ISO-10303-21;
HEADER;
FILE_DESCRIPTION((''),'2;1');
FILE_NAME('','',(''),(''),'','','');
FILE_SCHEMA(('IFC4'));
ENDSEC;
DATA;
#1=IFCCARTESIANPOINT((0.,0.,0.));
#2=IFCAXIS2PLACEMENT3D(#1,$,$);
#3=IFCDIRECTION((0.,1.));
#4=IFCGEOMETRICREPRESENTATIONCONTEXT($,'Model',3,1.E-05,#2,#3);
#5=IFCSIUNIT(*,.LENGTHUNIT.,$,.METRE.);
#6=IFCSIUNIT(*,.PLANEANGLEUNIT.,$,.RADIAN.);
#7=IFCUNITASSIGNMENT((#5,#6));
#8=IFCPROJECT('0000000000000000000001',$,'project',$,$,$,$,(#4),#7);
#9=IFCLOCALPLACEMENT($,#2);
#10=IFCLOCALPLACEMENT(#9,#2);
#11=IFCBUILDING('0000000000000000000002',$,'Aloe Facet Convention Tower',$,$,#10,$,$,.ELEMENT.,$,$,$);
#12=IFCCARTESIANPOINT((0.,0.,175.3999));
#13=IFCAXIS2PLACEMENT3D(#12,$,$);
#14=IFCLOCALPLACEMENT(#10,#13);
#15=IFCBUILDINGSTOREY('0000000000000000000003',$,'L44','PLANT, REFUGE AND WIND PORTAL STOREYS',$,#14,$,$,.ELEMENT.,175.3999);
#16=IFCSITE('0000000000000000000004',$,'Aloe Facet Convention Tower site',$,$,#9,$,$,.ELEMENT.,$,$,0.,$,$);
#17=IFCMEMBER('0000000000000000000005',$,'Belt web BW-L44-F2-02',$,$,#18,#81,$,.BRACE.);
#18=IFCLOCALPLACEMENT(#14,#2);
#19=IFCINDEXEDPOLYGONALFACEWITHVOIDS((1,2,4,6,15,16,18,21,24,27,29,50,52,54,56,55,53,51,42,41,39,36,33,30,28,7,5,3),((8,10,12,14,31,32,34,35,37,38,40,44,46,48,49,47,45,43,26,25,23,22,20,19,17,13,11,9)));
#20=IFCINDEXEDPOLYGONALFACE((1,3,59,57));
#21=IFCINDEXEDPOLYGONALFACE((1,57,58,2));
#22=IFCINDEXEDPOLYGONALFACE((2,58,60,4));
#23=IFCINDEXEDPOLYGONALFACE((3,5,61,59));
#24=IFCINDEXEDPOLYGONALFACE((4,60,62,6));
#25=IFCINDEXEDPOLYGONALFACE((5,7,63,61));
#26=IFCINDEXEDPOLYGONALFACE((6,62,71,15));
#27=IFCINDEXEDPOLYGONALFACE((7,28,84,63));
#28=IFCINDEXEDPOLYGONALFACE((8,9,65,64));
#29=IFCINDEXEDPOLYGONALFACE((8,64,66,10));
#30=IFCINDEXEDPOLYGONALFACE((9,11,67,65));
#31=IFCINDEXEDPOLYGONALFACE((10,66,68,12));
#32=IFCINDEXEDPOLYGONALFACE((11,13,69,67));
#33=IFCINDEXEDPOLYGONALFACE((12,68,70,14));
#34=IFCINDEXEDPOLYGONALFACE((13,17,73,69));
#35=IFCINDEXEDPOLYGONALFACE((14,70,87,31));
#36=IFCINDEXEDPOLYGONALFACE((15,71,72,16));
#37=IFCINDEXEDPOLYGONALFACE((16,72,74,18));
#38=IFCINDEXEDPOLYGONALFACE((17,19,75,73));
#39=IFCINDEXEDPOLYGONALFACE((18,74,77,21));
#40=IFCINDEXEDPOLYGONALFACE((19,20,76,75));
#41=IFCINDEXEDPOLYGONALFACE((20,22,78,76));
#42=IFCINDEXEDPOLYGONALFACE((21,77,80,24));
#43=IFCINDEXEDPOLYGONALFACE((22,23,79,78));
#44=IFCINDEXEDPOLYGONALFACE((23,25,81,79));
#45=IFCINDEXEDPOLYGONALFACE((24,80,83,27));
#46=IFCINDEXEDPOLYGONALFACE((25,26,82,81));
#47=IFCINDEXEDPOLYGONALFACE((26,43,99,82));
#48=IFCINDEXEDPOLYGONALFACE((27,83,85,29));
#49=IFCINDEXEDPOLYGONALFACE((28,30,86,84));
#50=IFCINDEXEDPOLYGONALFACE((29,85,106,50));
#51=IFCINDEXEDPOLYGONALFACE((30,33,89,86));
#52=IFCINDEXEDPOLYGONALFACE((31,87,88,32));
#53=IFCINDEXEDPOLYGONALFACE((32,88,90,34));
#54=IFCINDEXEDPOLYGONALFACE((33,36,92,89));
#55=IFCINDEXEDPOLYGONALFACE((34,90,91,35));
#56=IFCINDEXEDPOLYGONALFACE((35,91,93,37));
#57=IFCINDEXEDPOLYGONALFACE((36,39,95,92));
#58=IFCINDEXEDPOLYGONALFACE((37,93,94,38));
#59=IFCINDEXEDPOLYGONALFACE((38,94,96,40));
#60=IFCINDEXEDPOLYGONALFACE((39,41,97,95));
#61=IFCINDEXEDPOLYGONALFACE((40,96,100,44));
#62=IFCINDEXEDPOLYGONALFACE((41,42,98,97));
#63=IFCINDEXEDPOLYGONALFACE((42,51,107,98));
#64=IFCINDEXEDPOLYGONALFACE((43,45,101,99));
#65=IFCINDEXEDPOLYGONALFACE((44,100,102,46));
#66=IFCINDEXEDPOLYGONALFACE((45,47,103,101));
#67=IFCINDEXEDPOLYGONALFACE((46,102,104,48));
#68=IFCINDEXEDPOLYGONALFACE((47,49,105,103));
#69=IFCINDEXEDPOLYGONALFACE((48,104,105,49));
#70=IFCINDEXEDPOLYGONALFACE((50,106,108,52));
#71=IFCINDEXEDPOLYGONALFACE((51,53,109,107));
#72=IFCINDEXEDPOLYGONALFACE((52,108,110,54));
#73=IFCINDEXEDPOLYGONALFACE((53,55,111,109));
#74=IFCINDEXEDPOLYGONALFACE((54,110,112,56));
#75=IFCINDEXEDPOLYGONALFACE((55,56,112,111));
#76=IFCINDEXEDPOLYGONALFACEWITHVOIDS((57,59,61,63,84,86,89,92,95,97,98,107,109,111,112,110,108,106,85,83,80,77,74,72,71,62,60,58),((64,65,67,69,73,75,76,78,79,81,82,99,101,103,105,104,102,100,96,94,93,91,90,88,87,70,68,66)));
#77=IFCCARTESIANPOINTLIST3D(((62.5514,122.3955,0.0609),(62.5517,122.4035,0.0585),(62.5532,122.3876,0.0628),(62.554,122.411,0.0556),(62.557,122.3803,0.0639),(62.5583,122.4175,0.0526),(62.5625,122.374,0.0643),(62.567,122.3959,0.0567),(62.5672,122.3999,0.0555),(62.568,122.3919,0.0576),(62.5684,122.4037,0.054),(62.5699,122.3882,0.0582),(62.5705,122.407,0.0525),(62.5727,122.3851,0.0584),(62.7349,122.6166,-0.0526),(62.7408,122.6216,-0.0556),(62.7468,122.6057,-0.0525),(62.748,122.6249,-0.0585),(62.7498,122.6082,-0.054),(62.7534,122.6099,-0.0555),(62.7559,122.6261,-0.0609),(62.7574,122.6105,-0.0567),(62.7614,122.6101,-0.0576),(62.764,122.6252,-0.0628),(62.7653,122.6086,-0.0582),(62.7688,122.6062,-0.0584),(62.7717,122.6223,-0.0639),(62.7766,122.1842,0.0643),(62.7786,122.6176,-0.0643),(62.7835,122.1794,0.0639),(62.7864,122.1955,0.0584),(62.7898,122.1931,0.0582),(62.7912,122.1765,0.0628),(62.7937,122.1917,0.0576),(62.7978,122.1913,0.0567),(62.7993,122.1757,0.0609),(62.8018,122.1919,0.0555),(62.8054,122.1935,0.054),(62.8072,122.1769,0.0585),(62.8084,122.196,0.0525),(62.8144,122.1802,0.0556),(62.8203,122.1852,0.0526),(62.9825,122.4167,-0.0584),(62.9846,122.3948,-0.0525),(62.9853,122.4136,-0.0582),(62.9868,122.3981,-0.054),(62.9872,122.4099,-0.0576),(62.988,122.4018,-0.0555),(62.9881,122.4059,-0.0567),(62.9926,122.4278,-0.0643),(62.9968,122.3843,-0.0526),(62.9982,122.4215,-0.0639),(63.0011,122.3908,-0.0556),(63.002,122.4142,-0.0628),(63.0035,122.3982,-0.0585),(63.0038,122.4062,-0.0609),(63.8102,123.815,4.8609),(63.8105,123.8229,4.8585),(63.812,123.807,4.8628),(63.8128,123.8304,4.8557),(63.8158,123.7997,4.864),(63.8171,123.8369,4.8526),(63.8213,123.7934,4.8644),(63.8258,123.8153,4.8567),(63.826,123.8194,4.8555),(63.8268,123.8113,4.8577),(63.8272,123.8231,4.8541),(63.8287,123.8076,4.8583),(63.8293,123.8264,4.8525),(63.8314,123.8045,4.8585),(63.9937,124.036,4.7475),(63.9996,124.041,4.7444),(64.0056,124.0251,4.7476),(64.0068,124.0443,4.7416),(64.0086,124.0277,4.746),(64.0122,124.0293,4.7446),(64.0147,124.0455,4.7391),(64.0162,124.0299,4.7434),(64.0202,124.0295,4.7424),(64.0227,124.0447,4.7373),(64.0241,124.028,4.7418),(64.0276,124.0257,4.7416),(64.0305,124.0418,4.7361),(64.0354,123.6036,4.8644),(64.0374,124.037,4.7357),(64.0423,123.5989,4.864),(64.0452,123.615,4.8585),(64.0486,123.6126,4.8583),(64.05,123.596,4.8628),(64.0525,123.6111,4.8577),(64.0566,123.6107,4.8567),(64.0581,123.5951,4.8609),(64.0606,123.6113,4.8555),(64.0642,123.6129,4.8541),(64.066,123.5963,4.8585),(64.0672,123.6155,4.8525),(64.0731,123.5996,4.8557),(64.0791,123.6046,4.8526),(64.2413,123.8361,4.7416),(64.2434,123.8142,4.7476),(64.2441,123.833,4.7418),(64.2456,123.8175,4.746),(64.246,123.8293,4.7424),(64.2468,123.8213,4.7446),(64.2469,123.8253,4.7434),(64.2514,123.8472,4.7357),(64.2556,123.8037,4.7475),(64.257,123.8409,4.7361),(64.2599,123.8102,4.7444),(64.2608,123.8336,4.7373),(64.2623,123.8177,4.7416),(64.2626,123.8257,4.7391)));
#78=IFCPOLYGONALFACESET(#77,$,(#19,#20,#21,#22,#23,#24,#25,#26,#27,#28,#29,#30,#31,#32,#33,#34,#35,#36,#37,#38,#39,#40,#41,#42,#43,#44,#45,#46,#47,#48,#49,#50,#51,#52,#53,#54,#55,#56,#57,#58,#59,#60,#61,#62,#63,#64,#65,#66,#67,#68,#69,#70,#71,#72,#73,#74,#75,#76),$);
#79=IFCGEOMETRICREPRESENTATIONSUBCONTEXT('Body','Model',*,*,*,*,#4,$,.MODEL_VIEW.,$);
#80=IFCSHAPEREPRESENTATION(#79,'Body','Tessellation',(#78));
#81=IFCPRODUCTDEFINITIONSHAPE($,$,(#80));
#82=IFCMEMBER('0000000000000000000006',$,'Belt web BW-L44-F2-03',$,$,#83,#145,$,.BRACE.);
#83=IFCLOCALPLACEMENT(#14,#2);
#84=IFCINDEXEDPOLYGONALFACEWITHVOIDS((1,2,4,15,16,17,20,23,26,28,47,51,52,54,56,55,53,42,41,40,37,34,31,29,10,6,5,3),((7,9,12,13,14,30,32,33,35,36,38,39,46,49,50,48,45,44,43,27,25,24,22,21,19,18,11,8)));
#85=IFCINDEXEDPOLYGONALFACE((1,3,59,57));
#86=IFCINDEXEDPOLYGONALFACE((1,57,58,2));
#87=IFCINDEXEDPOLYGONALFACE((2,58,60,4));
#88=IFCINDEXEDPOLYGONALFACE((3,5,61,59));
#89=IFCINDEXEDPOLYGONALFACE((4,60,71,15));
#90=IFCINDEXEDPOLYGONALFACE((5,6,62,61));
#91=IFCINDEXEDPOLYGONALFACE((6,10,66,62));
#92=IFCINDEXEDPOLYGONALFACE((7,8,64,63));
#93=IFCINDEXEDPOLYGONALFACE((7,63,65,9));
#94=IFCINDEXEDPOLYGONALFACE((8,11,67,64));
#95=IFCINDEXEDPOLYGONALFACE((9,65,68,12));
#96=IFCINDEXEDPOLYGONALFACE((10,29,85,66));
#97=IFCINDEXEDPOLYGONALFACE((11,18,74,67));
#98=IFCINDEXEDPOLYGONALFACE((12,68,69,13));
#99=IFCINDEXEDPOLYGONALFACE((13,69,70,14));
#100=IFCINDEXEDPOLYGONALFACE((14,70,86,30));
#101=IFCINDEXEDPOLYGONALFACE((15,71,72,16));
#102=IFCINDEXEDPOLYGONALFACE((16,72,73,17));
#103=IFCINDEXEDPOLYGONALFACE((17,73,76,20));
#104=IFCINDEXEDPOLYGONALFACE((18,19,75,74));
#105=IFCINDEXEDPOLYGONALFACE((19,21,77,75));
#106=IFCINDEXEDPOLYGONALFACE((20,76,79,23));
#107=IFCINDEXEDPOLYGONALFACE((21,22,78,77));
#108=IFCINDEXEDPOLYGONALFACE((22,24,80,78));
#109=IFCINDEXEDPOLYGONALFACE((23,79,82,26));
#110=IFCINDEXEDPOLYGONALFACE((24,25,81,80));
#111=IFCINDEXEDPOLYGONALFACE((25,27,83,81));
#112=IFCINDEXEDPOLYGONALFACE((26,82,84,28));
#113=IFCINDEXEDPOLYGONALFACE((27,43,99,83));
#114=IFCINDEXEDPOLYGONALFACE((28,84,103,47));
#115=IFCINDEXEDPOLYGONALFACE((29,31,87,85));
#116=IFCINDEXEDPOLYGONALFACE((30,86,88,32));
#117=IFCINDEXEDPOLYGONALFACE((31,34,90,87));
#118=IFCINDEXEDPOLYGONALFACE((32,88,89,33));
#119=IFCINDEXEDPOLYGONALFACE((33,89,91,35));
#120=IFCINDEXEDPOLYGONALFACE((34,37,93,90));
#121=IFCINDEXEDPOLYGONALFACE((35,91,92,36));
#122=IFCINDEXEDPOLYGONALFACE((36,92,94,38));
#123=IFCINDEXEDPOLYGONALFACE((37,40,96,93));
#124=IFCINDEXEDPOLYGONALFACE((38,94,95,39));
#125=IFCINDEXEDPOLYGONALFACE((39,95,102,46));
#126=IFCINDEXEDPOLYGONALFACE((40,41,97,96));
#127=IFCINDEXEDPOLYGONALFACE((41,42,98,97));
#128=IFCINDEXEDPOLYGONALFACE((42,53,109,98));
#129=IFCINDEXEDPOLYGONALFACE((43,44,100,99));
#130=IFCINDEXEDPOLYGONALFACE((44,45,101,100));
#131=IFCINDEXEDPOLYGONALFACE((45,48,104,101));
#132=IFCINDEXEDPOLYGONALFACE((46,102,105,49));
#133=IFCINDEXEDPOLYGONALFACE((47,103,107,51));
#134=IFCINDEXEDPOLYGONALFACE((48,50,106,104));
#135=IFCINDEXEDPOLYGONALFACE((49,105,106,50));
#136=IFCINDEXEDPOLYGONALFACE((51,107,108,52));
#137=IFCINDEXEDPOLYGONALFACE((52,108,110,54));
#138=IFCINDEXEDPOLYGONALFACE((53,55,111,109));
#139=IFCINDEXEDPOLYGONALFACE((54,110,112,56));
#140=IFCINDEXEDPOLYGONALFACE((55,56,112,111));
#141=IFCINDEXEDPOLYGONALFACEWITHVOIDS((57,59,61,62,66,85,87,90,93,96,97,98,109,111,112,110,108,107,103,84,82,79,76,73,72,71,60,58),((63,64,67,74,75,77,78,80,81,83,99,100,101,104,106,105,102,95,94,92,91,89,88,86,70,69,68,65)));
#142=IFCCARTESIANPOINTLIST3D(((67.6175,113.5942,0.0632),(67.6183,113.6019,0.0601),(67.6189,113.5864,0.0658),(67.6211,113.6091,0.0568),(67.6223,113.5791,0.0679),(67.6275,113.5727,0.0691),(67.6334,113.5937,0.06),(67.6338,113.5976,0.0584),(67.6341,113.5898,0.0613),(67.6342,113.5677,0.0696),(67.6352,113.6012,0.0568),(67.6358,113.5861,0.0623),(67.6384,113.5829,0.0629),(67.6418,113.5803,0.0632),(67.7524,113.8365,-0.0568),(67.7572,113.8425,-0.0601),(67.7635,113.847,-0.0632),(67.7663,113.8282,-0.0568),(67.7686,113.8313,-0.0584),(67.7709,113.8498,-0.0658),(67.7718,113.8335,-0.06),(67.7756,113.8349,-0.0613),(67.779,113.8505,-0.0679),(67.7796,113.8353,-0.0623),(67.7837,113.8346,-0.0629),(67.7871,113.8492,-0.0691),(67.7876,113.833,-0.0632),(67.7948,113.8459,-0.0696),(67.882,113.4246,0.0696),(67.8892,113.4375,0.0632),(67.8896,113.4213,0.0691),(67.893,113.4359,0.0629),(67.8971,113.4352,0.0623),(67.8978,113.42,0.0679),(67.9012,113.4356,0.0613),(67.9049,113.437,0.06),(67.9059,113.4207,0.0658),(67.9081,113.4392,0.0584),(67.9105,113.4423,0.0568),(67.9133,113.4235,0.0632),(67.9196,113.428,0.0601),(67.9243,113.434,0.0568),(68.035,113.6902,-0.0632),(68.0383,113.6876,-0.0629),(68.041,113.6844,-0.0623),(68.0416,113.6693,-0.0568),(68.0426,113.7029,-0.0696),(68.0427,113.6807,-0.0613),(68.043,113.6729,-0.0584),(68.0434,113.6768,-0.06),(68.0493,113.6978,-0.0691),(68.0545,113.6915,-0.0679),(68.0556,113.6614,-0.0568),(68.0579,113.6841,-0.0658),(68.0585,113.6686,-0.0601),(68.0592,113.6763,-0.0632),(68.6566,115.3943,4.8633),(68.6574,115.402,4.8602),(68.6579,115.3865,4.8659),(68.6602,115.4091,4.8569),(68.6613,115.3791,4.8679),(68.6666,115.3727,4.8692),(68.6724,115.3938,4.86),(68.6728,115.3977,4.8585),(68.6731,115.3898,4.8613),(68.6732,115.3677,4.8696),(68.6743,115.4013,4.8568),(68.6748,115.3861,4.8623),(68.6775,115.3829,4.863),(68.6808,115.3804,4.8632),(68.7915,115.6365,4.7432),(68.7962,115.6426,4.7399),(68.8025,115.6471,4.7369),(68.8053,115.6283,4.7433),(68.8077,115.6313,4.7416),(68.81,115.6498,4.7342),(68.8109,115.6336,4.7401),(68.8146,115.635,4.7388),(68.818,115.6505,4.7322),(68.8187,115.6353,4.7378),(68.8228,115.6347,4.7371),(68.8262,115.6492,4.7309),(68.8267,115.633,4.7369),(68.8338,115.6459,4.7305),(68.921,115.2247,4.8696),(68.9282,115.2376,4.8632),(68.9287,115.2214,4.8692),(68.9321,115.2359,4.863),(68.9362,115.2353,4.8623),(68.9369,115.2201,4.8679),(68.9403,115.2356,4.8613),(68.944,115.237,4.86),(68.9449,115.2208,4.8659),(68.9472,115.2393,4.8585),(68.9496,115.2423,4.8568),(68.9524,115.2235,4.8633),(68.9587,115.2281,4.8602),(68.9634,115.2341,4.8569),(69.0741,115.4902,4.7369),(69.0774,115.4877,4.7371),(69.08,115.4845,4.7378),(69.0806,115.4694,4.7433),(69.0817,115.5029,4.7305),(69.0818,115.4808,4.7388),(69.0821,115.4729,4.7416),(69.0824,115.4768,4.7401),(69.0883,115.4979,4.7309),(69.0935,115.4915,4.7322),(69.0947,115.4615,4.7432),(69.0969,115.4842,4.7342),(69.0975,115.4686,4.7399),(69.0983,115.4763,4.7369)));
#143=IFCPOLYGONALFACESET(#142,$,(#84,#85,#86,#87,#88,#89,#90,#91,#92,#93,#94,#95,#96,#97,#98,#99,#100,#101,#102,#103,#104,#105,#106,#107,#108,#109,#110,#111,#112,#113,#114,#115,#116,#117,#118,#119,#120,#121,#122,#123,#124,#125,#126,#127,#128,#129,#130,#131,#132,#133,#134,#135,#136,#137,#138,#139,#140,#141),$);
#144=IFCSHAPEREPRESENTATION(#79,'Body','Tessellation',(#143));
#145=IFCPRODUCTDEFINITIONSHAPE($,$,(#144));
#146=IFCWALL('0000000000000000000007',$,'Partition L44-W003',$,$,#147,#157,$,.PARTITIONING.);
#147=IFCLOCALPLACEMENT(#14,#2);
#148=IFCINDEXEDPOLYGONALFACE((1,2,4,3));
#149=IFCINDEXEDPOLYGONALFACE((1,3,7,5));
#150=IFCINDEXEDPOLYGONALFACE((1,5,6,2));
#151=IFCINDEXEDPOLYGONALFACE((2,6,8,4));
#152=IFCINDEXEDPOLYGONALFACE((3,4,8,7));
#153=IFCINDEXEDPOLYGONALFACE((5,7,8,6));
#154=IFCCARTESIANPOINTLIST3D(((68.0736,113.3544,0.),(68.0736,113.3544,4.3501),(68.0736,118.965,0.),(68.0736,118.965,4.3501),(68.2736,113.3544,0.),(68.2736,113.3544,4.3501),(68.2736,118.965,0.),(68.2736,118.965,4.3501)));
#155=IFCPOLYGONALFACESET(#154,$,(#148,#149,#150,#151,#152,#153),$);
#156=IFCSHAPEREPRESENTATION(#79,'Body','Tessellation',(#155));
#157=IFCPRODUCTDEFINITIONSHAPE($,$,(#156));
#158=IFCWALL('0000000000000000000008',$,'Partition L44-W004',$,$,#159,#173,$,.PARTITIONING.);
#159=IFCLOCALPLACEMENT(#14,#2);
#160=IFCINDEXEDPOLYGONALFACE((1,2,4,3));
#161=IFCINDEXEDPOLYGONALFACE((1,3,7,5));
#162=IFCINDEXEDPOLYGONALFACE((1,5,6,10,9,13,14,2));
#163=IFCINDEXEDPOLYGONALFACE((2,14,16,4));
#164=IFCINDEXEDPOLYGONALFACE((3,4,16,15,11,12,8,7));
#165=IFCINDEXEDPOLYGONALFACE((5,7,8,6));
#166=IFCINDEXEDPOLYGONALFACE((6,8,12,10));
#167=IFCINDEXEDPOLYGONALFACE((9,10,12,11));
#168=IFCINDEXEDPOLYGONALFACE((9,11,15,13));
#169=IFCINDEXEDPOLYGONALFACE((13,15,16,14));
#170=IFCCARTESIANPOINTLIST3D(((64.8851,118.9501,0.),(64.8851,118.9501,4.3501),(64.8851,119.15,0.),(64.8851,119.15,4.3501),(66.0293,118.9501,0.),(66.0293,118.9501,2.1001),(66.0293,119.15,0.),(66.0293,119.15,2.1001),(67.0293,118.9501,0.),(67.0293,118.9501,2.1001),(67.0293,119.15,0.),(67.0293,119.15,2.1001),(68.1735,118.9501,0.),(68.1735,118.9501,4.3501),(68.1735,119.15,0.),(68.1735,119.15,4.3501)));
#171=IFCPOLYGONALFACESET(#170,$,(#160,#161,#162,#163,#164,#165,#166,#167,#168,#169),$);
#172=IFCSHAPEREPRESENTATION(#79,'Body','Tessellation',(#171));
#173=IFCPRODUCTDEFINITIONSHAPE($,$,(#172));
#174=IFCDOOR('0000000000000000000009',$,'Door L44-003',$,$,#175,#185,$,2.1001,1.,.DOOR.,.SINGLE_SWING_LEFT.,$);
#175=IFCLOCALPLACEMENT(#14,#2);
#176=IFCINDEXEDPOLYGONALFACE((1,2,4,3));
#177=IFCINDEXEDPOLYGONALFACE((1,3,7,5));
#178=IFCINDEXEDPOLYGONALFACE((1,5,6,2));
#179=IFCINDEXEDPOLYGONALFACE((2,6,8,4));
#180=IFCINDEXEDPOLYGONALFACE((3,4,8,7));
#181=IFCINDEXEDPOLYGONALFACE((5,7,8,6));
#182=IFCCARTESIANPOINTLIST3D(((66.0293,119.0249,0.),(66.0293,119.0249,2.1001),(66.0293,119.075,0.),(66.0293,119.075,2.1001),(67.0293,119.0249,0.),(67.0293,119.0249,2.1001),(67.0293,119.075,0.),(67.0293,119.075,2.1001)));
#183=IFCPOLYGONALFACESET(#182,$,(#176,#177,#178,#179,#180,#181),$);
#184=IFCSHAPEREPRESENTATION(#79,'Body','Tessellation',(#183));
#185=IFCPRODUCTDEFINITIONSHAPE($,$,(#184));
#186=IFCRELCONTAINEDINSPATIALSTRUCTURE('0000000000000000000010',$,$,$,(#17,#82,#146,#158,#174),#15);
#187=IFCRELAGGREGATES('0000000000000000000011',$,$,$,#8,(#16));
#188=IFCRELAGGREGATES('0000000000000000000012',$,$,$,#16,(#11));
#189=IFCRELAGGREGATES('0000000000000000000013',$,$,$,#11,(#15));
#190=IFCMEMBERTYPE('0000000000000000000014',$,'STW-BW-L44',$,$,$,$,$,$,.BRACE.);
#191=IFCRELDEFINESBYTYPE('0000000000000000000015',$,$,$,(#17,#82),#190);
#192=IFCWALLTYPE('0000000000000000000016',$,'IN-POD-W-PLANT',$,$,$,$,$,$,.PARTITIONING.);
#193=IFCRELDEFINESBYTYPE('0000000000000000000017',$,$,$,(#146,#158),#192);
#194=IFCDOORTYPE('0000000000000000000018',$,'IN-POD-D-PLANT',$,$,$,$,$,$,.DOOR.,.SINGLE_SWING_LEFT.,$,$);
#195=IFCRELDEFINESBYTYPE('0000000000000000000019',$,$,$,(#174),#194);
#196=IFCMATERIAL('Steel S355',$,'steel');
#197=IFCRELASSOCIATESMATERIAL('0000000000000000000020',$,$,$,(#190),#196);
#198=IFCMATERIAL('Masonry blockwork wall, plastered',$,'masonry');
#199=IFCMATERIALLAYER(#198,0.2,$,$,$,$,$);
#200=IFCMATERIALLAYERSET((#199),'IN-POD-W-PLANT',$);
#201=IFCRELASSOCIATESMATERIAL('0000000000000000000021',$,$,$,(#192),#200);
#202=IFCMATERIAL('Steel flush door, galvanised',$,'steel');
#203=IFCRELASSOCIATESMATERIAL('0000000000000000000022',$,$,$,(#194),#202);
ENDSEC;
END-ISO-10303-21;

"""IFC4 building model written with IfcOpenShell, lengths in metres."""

from ifc_helpers import new_model, si_unit, direction, frame, frame_2d, origin, origin_2d, place, context, subcontext, project, spatial, rectangle, hollow_rectangle, extrude, material, layer, layer_set, material_profile, profile_set, type_object, element, fill, save


model = new_model("IFC4")

# Units and contexts
model_context = context("Model", 3, precision=1e-05, world=origin(), true_north=direction((0.0, 1.0)))
body_context = subcontext(model_context, "Body", "Model", "MODEL_VIEW")
ifc_project = project(units=[si_unit("LENGTHUNIT", "METRE"), si_unit("PLANEANGLEUNIT", "RADIAN")], contexts=[model_context])

# Site, building, storey
site_placement = place(None, origin())
site = spatial("IfcSite", under=ifc_project, at=site_placement, Name="Aloe Facet Convention Tower site", CompositionType="ELEMENT", RefElevation=0.0)
building_placement = place(site_placement, origin())
building = spatial("IfcBuilding", under=site, at=building_placement, Name="Aloe Facet Convention Tower", CompositionType="ELEMENT")
storey_placement = place(building_placement, frame((0.0, 0.0, 175.3999)))
storey = spatial("IfcBuildingStorey", under=building, at=storey_placement, Name="L44", Description="PLANT, REFUGE AND WIND PORTAL STOREYS", CompositionType="ELEMENT", Elevation=175.3999)

# Members
ifc_material_1 = material(Name="Steel S355", Category="steel")
ifc_material_profile_1 = material_profile(ifc_material_1, hollow_rectangle(XDim=0.3501, YDim=0.3501, WallThickness=0.0161, InnerFilletRadius=0.0161, OuterFilletRadius=0.032, at=origin_2d()), Name="SHS 350x350x16")
ifc_profile_set_1 = profile_set([ifc_material_profile_1], Name="Steel S355")
member_type = type_object("IfcMemberType", Name="STW-BW-L44", PredefinedType="BRACE", material=ifc_profile_set_1)
member_1_placement = place(storey_placement, frame((62.7776, 122.4009, 0.0), z_axis=(0.243886, 0.275011, 0.929994), x_axis=(-0.748176, 0.663501, 0.0)))
element("IfcMember", 1, at=member_1_placement, inside=storey, type_object=member_type, Name="Belt web BW-L44-F2-02", PredefinedType="BRACE", context=body_context, shape_type="SweptSolid", body=[
    extrude(hollow_rectangle(XDim=0.3501, YDim=0.3501, WallThickness=0.0161, InnerFilletRadius=0.0161, OuterFilletRadius=0.032, at=origin_2d()), origin(), (0.0, 0.0, 1.0), 5.1614),
])
member_2_placement = place(storey_placement, frame((67.8384, 113.6353, 0.0), z_axis=(0.198647, 0.344131, 0.917667), x_axis=(-0.866066, 0.499929, 0.0)))
element("IfcMember", 2, at=member_2_placement, inside=storey, type_object=member_type, Name="Belt web BW-L44-F2-03", PredefinedType="BRACE", context=body_context, shape_type="SweptSolid", body=[
    extrude(hollow_rectangle(XDim=0.3501, YDim=0.3501, WallThickness=0.0161, InnerFilletRadius=0.0161, OuterFilletRadius=0.032, at=origin_2d()), origin(), (0.0, 0.0, 1.0), 5.2307),
])

# Wall
ifc_material_2 = material(Name="Masonry blockwork wall, plastered", Category="masonry")
ifc_layer_1 = layer(ifc_material_2, 0.2)
ifc_layer_set_1 = layer_set([ifc_layer_1], Name="IN-POD-W-PLANT")
wall_type = type_object("IfcWallType", Name="IN-POD-W-PLANT", PredefinedType="PARTITIONING", material=ifc_layer_set_1)
wall_1_placement = place(storey_placement, frame((68.1736, 113.3545, 0.0), z_axis=(0.0, 0.0, 1.0), x_axis=(0.0, 1.0, 0.0)))
element("IfcWall", 3, at=wall_1_placement, inside=storey, type_object=wall_type, Name="Partition L44-W003", PredefinedType="PARTITIONING", context=body_context, shape_type="SweptSolid", body=[
    extrude(rectangle(XDim=5.6106, YDim=0.2, at=frame_2d((2.8052, 0.0))), origin(), (0.0, 0.0, 1.0), 4.3501),
])

# Wall, opening, door
wall_2_placement = place(storey_placement, frame((64.8853, 119.05, 0.0), z_axis=(0.0, 0.0, 1.0), x_axis=(1.0, 0.0, 0.0)))
wall_2 = element("IfcWall", 4, at=wall_2_placement, inside=storey, type_object=wall_type, Name="Partition L44-W004", PredefinedType="PARTITIONING", context=body_context, shape_type="SweptSolid", body=[
    extrude(rectangle(XDim=3.2883, YDim=0.2, at=frame_2d((1.644, 0.0))), origin(), (0.0, 0.0, 1.0), 4.3501),
])
opening_1_placement = place(wall_2_placement, frame((1.144, 0.0, 0.0)))
opening_1 = element("IfcOpeningElement", 5, at=opening_1_placement, cuts=wall_2, PredefinedType="OPENING", context=body_context, shape_type="SweptSolid", body=[
    extrude(rectangle(XDim=1.0, YDim=2.1001, at=frame_2d((0.5, 1.05))), frame((0.0, 0.1099, 0.0), z_axis=(0.0, -1.0, 0.0), x_axis=(1.0, 0.0, 0.0)), (0.0, 0.0, 1.0), 0.22),
])
ifc_material_3 = material(Name="Steel flush door, galvanised", Category="steel")
door_type = type_object("IfcDoorType", Name="IN-POD-D-PLANT", OperationType="SINGLE_SWING_LEFT", PredefinedType="DOOR", material=ifc_material_3)
door_1_placement = place(opening_1_placement, origin())
door_1 = element("IfcDoor", 6, at=door_1_placement, inside=storey, type_object=door_type, Name="Door L44-003", OperationType="SINGLE_SWING_LEFT", OverallHeight=2.1001, OverallWidth=1.0, PredefinedType="DOOR", context=body_context, shape_type="SweptSolid", body=[
    extrude(rectangle(XDim=1.0, YDim=2.1001, at=frame_2d((0.5, 1.05))), frame((0.0, 0.0249, 0.0), z_axis=(0.0, -1.0, 0.0), x_axis=(1.0, 0.0, 0.0)), (0.0, 0.0, 1.0), 0.05),
])
fill(opening_1, door_1)

save(model, "model.ifc")
